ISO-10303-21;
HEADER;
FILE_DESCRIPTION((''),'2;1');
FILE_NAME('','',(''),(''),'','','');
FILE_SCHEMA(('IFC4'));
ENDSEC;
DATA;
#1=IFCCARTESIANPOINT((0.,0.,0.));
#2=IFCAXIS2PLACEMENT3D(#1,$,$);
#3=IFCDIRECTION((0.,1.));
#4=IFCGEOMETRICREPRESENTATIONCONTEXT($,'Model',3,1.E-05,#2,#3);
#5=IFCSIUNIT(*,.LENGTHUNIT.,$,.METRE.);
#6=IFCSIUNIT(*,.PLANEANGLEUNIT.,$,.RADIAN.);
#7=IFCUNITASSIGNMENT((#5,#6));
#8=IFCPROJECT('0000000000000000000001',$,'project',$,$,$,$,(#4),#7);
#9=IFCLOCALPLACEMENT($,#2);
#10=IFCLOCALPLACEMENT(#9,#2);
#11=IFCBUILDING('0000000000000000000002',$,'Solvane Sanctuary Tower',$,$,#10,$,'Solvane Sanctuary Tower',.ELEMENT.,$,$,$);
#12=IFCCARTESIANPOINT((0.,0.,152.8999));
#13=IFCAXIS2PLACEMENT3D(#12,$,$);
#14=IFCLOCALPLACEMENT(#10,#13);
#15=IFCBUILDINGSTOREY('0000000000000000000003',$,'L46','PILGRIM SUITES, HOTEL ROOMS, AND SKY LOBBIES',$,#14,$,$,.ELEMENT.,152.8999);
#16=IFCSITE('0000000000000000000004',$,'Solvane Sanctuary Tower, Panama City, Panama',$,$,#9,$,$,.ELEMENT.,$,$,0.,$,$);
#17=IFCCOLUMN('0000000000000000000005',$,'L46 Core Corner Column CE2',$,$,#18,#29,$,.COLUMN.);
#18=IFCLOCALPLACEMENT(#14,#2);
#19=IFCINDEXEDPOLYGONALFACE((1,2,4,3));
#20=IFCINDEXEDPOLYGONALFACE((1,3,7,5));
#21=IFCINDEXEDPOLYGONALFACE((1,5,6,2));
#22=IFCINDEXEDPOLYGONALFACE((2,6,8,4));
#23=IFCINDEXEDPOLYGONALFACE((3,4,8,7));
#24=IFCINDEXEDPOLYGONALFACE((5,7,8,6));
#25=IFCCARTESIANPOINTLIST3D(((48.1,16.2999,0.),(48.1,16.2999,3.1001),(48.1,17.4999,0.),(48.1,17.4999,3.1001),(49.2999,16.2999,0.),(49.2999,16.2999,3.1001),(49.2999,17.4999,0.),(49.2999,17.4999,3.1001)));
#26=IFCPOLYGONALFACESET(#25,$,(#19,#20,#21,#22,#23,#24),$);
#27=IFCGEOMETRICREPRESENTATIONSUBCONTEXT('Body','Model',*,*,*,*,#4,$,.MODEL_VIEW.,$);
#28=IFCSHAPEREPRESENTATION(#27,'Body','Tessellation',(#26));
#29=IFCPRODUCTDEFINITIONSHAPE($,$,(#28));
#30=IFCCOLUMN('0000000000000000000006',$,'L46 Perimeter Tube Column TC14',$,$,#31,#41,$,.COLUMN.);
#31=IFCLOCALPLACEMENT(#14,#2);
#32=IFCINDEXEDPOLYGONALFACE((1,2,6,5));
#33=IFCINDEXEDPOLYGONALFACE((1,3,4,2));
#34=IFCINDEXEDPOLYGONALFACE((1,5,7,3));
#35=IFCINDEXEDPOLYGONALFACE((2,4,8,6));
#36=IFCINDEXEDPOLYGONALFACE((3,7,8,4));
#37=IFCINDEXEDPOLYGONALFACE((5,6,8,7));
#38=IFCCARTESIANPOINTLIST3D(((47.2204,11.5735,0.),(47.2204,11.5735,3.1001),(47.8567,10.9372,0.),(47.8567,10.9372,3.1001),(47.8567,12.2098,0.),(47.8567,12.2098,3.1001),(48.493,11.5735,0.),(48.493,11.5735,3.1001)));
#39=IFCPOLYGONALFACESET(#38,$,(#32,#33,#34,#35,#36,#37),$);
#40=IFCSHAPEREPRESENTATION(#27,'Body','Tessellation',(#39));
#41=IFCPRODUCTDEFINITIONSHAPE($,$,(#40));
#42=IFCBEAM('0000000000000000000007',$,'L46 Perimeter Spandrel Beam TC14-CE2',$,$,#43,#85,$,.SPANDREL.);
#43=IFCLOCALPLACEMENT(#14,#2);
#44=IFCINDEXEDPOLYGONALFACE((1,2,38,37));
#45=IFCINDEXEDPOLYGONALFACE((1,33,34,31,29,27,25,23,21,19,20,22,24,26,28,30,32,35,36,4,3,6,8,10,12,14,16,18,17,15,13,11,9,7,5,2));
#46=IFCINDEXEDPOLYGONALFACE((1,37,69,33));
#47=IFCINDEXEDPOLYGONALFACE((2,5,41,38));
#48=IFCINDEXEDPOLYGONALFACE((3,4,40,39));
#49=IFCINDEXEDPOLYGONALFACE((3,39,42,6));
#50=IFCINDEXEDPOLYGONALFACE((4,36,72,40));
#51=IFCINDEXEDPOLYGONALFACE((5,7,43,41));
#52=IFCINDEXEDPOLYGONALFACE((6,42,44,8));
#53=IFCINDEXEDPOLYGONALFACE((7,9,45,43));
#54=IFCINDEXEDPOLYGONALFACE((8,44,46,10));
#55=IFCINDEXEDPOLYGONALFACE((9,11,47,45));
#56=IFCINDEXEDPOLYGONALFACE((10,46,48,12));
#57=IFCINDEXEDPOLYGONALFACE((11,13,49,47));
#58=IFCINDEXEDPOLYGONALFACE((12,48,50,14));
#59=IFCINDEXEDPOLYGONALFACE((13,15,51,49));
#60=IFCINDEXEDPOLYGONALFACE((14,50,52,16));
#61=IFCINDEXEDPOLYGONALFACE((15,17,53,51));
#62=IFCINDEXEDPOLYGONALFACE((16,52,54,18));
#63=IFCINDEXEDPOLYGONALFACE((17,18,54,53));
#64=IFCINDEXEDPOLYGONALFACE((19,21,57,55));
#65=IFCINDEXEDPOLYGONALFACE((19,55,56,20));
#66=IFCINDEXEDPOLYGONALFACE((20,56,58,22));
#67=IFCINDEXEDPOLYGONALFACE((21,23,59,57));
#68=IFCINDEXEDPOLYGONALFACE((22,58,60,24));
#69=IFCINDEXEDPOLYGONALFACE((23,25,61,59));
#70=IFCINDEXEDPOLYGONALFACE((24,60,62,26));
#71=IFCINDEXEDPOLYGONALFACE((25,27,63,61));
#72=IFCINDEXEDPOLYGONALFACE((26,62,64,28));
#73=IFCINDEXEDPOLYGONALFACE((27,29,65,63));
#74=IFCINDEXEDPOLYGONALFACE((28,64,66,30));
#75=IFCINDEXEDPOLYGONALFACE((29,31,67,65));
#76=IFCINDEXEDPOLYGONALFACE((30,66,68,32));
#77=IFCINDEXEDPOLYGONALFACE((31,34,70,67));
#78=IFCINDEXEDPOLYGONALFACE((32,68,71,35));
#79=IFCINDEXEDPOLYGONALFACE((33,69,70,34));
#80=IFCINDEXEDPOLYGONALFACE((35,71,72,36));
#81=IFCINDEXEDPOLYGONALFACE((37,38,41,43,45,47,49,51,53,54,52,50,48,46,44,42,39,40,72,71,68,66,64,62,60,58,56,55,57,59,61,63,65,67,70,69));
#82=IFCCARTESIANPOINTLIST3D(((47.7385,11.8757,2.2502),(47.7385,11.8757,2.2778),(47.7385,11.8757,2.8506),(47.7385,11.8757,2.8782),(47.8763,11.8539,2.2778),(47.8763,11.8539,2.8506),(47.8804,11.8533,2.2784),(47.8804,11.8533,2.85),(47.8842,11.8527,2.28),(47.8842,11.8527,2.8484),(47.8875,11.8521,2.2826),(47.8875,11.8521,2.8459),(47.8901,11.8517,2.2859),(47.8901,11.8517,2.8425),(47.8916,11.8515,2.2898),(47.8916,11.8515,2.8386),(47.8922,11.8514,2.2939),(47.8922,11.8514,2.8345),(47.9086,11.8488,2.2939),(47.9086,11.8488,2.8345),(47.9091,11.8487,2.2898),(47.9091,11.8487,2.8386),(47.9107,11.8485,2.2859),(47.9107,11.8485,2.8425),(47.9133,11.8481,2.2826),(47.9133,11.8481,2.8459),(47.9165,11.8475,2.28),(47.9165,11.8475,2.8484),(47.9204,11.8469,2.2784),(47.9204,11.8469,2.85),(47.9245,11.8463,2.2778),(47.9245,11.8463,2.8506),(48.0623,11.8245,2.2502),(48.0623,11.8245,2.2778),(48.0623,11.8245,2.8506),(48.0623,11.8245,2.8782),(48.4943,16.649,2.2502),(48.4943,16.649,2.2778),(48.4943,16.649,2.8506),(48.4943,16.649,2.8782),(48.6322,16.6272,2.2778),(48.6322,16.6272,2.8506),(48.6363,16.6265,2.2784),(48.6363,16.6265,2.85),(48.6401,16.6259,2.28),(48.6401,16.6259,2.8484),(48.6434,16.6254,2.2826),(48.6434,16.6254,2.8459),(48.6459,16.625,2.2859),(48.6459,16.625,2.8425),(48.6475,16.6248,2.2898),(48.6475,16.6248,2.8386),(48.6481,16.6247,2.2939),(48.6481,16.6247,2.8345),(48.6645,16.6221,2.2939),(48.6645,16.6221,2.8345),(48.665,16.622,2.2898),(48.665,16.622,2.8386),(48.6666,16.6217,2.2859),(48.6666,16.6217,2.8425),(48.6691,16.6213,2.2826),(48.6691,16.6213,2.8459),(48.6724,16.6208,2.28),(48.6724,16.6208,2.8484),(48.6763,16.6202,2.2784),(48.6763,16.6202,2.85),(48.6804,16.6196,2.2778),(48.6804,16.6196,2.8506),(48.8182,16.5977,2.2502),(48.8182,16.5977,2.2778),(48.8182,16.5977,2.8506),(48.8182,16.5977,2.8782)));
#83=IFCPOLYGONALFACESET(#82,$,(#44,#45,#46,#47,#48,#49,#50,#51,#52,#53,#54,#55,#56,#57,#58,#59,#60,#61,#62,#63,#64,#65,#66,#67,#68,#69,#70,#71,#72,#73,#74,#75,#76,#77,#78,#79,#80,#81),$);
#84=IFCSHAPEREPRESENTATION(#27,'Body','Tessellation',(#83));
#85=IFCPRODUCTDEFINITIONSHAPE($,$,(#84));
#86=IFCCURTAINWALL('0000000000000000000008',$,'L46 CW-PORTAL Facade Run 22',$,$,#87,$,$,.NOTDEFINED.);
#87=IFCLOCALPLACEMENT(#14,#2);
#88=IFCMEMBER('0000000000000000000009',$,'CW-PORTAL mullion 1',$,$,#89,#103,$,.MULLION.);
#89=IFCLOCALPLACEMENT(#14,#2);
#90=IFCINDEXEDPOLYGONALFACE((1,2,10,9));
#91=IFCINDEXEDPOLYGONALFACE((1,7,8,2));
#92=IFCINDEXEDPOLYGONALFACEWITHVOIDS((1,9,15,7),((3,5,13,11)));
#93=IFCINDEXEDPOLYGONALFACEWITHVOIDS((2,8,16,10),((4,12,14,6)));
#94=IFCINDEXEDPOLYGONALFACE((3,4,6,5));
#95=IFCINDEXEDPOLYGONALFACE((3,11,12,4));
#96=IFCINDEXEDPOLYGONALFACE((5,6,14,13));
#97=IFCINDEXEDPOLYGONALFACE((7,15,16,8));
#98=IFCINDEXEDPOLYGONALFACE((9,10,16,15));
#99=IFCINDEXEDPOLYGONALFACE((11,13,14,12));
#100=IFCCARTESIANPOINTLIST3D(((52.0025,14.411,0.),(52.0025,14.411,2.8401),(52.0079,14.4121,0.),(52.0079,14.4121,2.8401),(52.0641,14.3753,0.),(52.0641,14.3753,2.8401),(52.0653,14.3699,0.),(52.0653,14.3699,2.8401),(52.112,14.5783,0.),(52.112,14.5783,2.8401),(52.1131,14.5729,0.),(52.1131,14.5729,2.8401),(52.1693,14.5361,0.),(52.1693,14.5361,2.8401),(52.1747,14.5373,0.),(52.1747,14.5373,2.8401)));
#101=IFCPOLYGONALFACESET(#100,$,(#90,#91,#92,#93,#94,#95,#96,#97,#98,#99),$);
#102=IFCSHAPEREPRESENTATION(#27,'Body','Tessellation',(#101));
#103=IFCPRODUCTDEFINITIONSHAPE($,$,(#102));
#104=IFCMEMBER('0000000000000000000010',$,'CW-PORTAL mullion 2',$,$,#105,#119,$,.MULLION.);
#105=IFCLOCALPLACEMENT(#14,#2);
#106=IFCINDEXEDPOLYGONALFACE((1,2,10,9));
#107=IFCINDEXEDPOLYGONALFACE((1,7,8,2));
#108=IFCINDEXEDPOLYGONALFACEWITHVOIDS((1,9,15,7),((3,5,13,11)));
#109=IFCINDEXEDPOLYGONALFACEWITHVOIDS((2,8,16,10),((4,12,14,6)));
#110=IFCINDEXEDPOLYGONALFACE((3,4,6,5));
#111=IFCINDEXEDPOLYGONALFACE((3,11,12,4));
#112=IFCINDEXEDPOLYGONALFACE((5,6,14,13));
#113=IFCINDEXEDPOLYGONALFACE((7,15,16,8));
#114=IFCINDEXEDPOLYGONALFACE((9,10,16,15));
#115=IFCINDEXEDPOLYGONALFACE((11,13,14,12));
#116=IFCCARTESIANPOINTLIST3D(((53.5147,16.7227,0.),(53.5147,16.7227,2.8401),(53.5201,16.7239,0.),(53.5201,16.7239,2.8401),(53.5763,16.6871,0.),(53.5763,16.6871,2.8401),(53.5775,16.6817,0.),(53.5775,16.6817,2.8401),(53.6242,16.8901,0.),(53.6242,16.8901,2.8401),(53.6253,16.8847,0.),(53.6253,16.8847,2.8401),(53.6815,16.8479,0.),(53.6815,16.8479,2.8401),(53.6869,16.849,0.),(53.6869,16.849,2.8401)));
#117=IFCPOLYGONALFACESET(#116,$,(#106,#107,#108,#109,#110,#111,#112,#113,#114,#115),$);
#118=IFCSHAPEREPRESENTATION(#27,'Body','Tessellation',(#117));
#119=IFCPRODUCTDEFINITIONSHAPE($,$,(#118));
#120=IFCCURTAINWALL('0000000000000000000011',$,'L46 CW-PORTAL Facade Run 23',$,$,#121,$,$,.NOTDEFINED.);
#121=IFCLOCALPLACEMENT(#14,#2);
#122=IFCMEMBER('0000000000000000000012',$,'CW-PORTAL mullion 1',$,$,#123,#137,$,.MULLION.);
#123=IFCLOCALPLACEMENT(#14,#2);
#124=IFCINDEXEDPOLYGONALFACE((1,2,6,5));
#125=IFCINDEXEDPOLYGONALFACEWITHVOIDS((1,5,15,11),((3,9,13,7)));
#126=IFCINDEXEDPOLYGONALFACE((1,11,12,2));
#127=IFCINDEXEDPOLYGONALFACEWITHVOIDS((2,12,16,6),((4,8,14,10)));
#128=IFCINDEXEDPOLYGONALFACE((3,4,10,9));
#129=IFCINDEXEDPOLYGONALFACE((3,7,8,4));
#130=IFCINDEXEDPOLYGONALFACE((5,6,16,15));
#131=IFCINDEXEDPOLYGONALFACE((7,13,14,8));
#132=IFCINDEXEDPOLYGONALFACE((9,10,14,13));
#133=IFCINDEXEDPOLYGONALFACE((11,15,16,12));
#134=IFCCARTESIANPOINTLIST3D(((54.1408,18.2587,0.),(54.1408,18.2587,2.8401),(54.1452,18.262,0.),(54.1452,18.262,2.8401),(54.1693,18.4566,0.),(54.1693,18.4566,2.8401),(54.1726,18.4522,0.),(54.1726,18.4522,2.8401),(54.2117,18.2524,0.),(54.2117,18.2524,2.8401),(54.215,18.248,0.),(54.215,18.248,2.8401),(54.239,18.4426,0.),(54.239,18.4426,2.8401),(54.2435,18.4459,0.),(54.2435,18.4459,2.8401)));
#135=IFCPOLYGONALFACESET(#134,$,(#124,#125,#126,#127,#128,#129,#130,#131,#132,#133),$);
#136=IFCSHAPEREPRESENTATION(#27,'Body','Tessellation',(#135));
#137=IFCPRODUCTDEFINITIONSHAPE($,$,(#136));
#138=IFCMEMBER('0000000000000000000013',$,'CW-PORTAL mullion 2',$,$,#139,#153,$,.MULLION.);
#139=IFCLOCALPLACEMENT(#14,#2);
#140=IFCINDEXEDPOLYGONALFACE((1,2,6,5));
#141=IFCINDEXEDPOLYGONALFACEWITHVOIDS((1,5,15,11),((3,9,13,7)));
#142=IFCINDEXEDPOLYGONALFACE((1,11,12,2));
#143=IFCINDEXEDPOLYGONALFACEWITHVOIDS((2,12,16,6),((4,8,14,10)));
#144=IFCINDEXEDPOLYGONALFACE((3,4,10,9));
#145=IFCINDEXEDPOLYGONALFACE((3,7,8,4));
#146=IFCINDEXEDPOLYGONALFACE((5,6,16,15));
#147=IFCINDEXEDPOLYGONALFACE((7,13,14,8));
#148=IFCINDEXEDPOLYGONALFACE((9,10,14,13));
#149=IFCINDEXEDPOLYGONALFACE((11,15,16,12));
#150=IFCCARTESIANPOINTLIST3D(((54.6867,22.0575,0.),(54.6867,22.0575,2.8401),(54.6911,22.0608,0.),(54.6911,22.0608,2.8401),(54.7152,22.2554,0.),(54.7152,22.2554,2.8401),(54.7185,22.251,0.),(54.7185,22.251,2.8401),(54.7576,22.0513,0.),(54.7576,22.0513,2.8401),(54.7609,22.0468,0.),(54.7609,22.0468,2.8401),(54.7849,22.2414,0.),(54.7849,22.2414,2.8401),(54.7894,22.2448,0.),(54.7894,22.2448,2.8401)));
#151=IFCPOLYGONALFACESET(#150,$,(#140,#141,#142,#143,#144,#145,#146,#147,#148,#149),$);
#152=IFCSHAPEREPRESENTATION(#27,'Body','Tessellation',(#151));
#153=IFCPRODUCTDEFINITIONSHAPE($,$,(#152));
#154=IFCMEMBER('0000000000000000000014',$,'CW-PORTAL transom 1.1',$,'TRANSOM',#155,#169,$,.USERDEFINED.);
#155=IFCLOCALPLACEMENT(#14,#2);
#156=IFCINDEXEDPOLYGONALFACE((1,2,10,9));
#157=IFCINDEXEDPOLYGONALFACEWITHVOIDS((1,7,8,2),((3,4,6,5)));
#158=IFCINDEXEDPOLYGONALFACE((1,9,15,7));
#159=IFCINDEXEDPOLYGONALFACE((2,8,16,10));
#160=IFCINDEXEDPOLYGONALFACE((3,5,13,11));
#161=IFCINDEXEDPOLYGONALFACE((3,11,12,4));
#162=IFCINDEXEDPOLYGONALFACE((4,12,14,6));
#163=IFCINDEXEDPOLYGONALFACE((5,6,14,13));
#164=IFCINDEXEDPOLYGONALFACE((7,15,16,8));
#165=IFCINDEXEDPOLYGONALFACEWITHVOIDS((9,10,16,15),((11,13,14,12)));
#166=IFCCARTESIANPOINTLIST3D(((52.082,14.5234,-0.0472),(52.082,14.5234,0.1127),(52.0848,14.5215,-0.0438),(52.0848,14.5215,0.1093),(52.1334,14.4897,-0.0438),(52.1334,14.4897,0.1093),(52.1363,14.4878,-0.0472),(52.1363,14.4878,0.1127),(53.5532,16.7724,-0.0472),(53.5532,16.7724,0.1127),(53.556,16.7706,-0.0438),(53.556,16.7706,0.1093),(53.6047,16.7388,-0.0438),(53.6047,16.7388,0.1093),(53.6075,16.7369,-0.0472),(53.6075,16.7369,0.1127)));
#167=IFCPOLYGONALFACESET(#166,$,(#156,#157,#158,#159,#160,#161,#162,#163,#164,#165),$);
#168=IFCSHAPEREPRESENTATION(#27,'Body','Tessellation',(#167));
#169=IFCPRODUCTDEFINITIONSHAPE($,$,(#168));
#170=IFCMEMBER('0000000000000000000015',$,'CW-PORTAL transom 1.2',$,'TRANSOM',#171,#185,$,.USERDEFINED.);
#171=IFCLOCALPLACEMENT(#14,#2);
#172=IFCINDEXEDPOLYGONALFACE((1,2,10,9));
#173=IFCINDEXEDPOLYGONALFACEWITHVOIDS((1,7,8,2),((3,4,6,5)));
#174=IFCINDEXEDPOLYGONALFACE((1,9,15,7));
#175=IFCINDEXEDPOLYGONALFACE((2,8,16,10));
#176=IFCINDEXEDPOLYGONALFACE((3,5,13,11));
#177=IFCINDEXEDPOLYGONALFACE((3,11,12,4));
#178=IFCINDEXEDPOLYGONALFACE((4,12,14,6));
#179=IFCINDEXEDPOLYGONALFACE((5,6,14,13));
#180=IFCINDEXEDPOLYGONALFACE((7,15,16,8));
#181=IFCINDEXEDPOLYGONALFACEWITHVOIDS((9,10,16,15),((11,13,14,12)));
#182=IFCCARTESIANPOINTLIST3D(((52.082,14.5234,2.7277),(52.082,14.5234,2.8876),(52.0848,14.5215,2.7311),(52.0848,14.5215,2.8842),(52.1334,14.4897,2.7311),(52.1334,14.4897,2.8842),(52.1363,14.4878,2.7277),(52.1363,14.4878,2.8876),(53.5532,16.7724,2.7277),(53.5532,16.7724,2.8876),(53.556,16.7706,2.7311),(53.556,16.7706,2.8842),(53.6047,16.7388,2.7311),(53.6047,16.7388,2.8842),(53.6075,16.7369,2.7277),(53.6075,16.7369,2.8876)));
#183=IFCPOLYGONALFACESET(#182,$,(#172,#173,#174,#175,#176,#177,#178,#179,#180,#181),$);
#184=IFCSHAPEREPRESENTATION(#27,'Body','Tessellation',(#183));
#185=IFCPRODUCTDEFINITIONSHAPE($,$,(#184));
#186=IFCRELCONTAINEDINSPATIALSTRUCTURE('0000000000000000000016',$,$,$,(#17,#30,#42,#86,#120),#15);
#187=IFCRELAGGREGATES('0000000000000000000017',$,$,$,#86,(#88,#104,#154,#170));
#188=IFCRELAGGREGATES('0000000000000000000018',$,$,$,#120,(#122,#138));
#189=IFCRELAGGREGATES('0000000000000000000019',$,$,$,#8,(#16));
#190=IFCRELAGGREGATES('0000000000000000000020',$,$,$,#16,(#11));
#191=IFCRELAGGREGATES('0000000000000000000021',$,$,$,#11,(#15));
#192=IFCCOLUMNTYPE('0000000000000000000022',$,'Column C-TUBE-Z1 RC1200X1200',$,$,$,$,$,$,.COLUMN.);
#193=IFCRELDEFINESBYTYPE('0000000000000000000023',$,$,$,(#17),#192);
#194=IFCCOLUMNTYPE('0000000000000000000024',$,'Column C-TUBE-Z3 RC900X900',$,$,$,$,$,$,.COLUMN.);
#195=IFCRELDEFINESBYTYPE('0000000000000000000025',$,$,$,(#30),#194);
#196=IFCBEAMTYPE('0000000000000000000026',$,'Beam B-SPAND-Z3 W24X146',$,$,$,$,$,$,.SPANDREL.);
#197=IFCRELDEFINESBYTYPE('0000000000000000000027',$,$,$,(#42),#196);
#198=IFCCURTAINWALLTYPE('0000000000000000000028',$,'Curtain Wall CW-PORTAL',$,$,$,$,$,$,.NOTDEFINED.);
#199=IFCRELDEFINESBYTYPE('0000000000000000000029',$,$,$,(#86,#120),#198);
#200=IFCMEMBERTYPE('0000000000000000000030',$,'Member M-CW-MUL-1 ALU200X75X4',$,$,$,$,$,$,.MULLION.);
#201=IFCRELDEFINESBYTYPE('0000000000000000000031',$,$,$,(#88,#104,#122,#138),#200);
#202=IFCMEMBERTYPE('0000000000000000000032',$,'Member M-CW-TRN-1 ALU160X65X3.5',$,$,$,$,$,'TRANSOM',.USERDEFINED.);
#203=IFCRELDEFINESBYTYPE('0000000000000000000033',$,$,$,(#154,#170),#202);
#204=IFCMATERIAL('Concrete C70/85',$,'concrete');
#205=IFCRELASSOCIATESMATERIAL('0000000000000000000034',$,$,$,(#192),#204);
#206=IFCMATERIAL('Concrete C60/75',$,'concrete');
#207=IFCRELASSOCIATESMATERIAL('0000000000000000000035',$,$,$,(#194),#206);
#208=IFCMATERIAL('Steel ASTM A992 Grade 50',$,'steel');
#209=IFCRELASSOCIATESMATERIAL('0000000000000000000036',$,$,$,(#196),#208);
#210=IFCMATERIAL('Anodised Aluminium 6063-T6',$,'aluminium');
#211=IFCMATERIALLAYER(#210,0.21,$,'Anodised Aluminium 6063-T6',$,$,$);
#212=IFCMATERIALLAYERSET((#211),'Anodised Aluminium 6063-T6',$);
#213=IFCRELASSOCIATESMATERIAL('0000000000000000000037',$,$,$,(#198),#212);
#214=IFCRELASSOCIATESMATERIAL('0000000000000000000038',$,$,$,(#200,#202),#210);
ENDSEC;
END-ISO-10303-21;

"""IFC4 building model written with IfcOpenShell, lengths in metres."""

from ifc_helpers import new_model, si_unit, direction, frame, origin, origin_2d, place, context, subcontext, project, spatial, rectangle, hollow_rectangle, i_section, extrude, material, layer, layer_set, material_profile, profile_set, type_object, element, aggregate, save


model = new_model("IFC4")

# Units and contexts
model_context = context("Model", 3, precision=1e-05, world=origin(), true_north=direction((0.0, 1.0)))
body_context = subcontext(model_context, "Body", "Model", "MODEL_VIEW")
ifc_project = project(units=[si_unit("LENGTHUNIT", "METRE"), si_unit("PLANEANGLEUNIT", "RADIAN")], contexts=[model_context])

# Site, building, storey
site_placement = place(None, origin())
site = spatial("IfcSite", under=ifc_project, at=site_placement, Name="Solvane Sanctuary Tower, Panama City, Panama", CompositionType="ELEMENT", RefElevation=0.0)
building_placement = place(site_placement, origin())
building = spatial("IfcBuilding", under=site, at=building_placement, Name="Solvane Sanctuary Tower", LongName="Solvane Sanctuary Tower", CompositionType="ELEMENT")
storey_placement = place(building_placement, frame((0.0, 0.0, 152.8999)))
storey = spatial("IfcBuildingStorey", under=building, at=storey_placement, Name="L46", Description="PILGRIM SUITES, HOTEL ROOMS, AND SKY LOBBIES", CompositionType="ELEMENT", Elevation=152.8999)

# Columns
ifc_material_1 = material(Name="Concrete C70/85", Category="concrete")
ifc_material_profile_1 = material_profile(ifc_material_1, rectangle(XDim=1.2, YDim=1.2, at=origin_2d()), Name="RC1200X1200")
ifc_profile_set_1 = profile_set([ifc_material_profile_1], Name="Concrete C70/85")
column_type_1 = type_object("IfcColumnType", Name="Column C-TUBE-Z1 RC1200X1200", PredefinedType="COLUMN", material=ifc_profile_set_1)
column_1_placement = place(storey_placement, frame((48.7, 16.8999, 0.0), z_axis=(0.0, 0.0, 1.0), x_axis=(1.0, 0.0, 0.0)))
element("IfcColumn", 1, at=column_1_placement, inside=storey, type_object=column_type_1, Name="L46 Core Corner Column CE2", PredefinedType="COLUMN", context=body_context, shape_type="SweptSolid", body=[
    extrude(rectangle(XDim=1.2, YDim=1.2, at=origin_2d()), origin(), (0.0, 0.0, 1.0), 3.1001),
])
ifc_material_2 = material(Name="Concrete C60/75", Category="concrete")
ifc_material_profile_2 = material_profile(ifc_material_2, rectangle(XDim=0.8999, YDim=0.8999, at=origin_2d()), Name="RC900X900")
ifc_profile_set_2 = profile_set([ifc_material_profile_2], Name="Concrete C60/75")
column_type_2 = type_object("IfcColumnType", Name="Column C-TUBE-Z3 RC900X900", PredefinedType="COLUMN", material=ifc_profile_set_2)
column_2_placement = place(storey_placement, frame((47.8567, 11.5735, 0.0), z_axis=(0.0, 0.0, 1.0), x_axis=(0.707107, -0.707107, 0.0)))
element("IfcColumn", 2, at=column_2_placement, inside=storey, type_object=column_type_2, Name="L46 Perimeter Tube Column TC14", PredefinedType="COLUMN", context=body_context, shape_type="SweptSolid", body=[
    extrude(rectangle(XDim=0.8999, YDim=0.8999, at=origin_2d()), origin(), (0.0, 0.0, 1.0), 3.1001),
])

# Beam
ifc_material_3 = material(Name="Steel ASTM A992 Grade 50", Category="steel")
ifc_material_profile_3 = material_profile(ifc_material_3, i_section(OverallWidth=0.3279, OverallDepth=0.6279, WebThickness=0.0166, FlangeThickness=0.0276, FilletRadius=0.0161, at=origin_2d()), Name="W24X146")
ifc_profile_set_3 = profile_set([ifc_material_profile_3], Name="Steel ASTM A992 Grade 50")
beam_type = type_object("IfcBeamType", Name="Beam B-SPAND-Z3 W24X146", PredefinedType="SPANDREL", material=ifc_profile_set_3)
beam_placement = place(storey_placement, frame((47.9004, 11.8501, 2.5642), z_axis=(0.156406, 0.987693, 0.0), x_axis=(-0.987693, 0.156406, 0.0)))
element("IfcBeam", 3, at=beam_placement, inside=storey, type_object=beam_type, Name="L46 Perimeter Spandrel Beam TC14-CE2", PredefinedType="SPANDREL", context=body_context, shape_type="SweptSolid", body=[
    extrude(i_section(OverallWidth=0.3279, OverallDepth=0.6279, WebThickness=0.0166, FlangeThickness=0.0276, FilletRadius=0.0161, at=origin_2d()), origin(), (0.0, 0.0, 1.0), 4.8328),
])

# Curtain walls, members
ifc_material_4 = material(Name="Anodised Aluminium 6063-T6", Category="aluminium")
ifc_layer_1 = layer(ifc_material_4, 0.21, Name="Anodised Aluminium 6063-T6")
ifc_layer_set_1 = layer_set([ifc_layer_1], Name="Anodised Aluminium 6063-T6")
curtain_wall_type = type_object("IfcCurtainWallType", Name="Curtain Wall CW-PORTAL", PredefinedType="NOTDEFINED", material=ifc_layer_set_1)
curtain_wall_1_placement = place(storey_placement, origin())
curtain_wall_1 = element("IfcCurtainWall", 4, at=curtain_wall_1_placement, inside=storey, type_object=curtain_wall_type, Name="L46 CW-PORTAL Facade Run 22", PredefinedType="NOTDEFINED")
ifc_material_profile_4 = material_profile(ifc_material_4, hollow_rectangle(XDim=0.075, YDim=0.2, WallThickness=0.0039, at=origin_2d()), Name="ALU200X75X4")
ifc_profile_set_4 = profile_set([ifc_material_profile_4], Name="Anodised Aluminium 6063-T6")
member_type_1 = type_object("IfcMemberType", Name="Member M-CW-MUL-1 ALU200X75X4", PredefinedType="MULLION", material=ifc_profile_set_4)
member_1_placement = place(storey_placement, frame((52.0886, 14.4741, 0.0), z_axis=(0.0, 0.0, 1.0), x_axis=(-0.83685, 0.547433, 0.0)))
member_1 = element("IfcMember", 5, at=member_1_placement, type_object=member_type_1, Name="CW-PORTAL mullion 1", PredefinedType="MULLION", context=body_context, shape_type="SweptSolid", body=[
    extrude(hollow_rectangle(XDim=0.075, YDim=0.2, WallThickness=0.0039, at=origin_2d()), origin(), (0.0, 0.0, 1.0), 2.8401),
])
member_2_placement = place(storey_placement, frame((53.6008, 16.7859, 0.0), z_axis=(0.0, 0.0, 1.0), x_axis=(-0.83685, 0.547433, 0.0)))
member_2 = element("IfcMember", 6, at=member_2_placement, type_object=member_type_1, Name="CW-PORTAL mullion 2", PredefinedType="MULLION", context=body_context, shape_type="SweptSolid", body=[
    extrude(hollow_rectangle(XDim=0.075, YDim=0.2, WallThickness=0.0039, at=origin_2d()), origin(), (0.0, 0.0, 1.0), 2.8401),
])
curtain_wall_2_placement = place(storey_placement, origin())
curtain_wall_2 = element("IfcCurtainWall", 7, at=curtain_wall_2_placement, inside=storey, type_object=curtain_wall_type, Name="L46 CW-PORTAL Facade Run 23", PredefinedType="NOTDEFINED")
member_3_placement = place(storey_placement, frame((54.1921, 18.3523, 0.0), z_axis=(0.0, 0.0, 1.0), x_axis=(-0.989831, 0.142248, 0.0)))
member_3 = element("IfcMember", 8, at=member_3_placement, type_object=member_type_1, Name="CW-PORTAL mullion 1", PredefinedType="MULLION", context=body_context, shape_type="SweptSolid", body=[
    extrude(hollow_rectangle(XDim=0.075, YDim=0.2, WallThickness=0.0039, at=origin_2d()), origin(), (0.0, 0.0, 1.0), 2.8401),
])
member_4_placement = place(storey_placement, frame((54.738, 22.1511, 0.0), z_axis=(0.0, 0.0, 1.0), x_axis=(-0.989831, 0.142248, 0.0)))
member_4 = element("IfcMember", 9, at=member_4_placement, type_object=member_type_1, Name="CW-PORTAL mullion 2", PredefinedType="MULLION", context=body_context, shape_type="SweptSolid", body=[
    extrude(hollow_rectangle(XDim=0.075, YDim=0.2, WallThickness=0.0039, at=origin_2d()), origin(), (0.0, 0.0, 1.0), 2.8401),
])

# Members
ifc_material_profile_5 = material_profile(ifc_material_4, hollow_rectangle(XDim=0.0649, YDim=0.1599, WallThickness=0.0034, at=origin_2d()), Name="ALU160X65X3.5")
ifc_profile_set_5 = profile_set([ifc_material_profile_5], Name="Anodised Aluminium 6063-T6")
member_type_2 = type_object("IfcMemberType", Name="Member M-CW-TRN-1 ALU160X65X3.5", ElementType="TRANSOM", PredefinedType="USERDEFINED", material=ifc_profile_set_5)
member_5_placement = place(storey_placement, frame((52.1091, 14.5056, 0.0327), z_axis=(0.547426, 0.836854, 0.0), x_axis=(-0.836854, 0.547426, 0.0)))
member_5 = element("IfcMember", 10, at=member_5_placement, type_object=member_type_2, Name="CW-PORTAL transom 1.1", ObjectType="TRANSOM", PredefinedType="USERDEFINED", context=body_context, shape_type="SweptSolid", body=[
    extrude(hollow_rectangle(XDim=0.0649, YDim=0.1599, WallThickness=0.0034, at=origin_2d()), origin(), (0.0, 0.0, 1.0), 2.6875),
])
member_6_placement = place(storey_placement, frame((52.1091, 14.5056, 2.8076), z_axis=(0.547426, 0.836854, 0.0), x_axis=(-0.836854, 0.547426, 0.0)))
member_6 = element("IfcMember", 11, at=member_6_placement, type_object=member_type_2, Name="CW-PORTAL transom 1.2", ObjectType="TRANSOM", PredefinedType="USERDEFINED", context=body_context, shape_type="SweptSolid", body=[
    extrude(hollow_rectangle(XDim=0.0649, YDim=0.1599, WallThickness=0.0034, at=origin_2d()), origin(), (0.0, 0.0, 1.0), 2.6875),
])

aggregate(curtain_wall_1, [member_1, member_2, member_5, member_6])
aggregate(curtain_wall_2, [member_3, member_4])

save(model, "model.ifc")
